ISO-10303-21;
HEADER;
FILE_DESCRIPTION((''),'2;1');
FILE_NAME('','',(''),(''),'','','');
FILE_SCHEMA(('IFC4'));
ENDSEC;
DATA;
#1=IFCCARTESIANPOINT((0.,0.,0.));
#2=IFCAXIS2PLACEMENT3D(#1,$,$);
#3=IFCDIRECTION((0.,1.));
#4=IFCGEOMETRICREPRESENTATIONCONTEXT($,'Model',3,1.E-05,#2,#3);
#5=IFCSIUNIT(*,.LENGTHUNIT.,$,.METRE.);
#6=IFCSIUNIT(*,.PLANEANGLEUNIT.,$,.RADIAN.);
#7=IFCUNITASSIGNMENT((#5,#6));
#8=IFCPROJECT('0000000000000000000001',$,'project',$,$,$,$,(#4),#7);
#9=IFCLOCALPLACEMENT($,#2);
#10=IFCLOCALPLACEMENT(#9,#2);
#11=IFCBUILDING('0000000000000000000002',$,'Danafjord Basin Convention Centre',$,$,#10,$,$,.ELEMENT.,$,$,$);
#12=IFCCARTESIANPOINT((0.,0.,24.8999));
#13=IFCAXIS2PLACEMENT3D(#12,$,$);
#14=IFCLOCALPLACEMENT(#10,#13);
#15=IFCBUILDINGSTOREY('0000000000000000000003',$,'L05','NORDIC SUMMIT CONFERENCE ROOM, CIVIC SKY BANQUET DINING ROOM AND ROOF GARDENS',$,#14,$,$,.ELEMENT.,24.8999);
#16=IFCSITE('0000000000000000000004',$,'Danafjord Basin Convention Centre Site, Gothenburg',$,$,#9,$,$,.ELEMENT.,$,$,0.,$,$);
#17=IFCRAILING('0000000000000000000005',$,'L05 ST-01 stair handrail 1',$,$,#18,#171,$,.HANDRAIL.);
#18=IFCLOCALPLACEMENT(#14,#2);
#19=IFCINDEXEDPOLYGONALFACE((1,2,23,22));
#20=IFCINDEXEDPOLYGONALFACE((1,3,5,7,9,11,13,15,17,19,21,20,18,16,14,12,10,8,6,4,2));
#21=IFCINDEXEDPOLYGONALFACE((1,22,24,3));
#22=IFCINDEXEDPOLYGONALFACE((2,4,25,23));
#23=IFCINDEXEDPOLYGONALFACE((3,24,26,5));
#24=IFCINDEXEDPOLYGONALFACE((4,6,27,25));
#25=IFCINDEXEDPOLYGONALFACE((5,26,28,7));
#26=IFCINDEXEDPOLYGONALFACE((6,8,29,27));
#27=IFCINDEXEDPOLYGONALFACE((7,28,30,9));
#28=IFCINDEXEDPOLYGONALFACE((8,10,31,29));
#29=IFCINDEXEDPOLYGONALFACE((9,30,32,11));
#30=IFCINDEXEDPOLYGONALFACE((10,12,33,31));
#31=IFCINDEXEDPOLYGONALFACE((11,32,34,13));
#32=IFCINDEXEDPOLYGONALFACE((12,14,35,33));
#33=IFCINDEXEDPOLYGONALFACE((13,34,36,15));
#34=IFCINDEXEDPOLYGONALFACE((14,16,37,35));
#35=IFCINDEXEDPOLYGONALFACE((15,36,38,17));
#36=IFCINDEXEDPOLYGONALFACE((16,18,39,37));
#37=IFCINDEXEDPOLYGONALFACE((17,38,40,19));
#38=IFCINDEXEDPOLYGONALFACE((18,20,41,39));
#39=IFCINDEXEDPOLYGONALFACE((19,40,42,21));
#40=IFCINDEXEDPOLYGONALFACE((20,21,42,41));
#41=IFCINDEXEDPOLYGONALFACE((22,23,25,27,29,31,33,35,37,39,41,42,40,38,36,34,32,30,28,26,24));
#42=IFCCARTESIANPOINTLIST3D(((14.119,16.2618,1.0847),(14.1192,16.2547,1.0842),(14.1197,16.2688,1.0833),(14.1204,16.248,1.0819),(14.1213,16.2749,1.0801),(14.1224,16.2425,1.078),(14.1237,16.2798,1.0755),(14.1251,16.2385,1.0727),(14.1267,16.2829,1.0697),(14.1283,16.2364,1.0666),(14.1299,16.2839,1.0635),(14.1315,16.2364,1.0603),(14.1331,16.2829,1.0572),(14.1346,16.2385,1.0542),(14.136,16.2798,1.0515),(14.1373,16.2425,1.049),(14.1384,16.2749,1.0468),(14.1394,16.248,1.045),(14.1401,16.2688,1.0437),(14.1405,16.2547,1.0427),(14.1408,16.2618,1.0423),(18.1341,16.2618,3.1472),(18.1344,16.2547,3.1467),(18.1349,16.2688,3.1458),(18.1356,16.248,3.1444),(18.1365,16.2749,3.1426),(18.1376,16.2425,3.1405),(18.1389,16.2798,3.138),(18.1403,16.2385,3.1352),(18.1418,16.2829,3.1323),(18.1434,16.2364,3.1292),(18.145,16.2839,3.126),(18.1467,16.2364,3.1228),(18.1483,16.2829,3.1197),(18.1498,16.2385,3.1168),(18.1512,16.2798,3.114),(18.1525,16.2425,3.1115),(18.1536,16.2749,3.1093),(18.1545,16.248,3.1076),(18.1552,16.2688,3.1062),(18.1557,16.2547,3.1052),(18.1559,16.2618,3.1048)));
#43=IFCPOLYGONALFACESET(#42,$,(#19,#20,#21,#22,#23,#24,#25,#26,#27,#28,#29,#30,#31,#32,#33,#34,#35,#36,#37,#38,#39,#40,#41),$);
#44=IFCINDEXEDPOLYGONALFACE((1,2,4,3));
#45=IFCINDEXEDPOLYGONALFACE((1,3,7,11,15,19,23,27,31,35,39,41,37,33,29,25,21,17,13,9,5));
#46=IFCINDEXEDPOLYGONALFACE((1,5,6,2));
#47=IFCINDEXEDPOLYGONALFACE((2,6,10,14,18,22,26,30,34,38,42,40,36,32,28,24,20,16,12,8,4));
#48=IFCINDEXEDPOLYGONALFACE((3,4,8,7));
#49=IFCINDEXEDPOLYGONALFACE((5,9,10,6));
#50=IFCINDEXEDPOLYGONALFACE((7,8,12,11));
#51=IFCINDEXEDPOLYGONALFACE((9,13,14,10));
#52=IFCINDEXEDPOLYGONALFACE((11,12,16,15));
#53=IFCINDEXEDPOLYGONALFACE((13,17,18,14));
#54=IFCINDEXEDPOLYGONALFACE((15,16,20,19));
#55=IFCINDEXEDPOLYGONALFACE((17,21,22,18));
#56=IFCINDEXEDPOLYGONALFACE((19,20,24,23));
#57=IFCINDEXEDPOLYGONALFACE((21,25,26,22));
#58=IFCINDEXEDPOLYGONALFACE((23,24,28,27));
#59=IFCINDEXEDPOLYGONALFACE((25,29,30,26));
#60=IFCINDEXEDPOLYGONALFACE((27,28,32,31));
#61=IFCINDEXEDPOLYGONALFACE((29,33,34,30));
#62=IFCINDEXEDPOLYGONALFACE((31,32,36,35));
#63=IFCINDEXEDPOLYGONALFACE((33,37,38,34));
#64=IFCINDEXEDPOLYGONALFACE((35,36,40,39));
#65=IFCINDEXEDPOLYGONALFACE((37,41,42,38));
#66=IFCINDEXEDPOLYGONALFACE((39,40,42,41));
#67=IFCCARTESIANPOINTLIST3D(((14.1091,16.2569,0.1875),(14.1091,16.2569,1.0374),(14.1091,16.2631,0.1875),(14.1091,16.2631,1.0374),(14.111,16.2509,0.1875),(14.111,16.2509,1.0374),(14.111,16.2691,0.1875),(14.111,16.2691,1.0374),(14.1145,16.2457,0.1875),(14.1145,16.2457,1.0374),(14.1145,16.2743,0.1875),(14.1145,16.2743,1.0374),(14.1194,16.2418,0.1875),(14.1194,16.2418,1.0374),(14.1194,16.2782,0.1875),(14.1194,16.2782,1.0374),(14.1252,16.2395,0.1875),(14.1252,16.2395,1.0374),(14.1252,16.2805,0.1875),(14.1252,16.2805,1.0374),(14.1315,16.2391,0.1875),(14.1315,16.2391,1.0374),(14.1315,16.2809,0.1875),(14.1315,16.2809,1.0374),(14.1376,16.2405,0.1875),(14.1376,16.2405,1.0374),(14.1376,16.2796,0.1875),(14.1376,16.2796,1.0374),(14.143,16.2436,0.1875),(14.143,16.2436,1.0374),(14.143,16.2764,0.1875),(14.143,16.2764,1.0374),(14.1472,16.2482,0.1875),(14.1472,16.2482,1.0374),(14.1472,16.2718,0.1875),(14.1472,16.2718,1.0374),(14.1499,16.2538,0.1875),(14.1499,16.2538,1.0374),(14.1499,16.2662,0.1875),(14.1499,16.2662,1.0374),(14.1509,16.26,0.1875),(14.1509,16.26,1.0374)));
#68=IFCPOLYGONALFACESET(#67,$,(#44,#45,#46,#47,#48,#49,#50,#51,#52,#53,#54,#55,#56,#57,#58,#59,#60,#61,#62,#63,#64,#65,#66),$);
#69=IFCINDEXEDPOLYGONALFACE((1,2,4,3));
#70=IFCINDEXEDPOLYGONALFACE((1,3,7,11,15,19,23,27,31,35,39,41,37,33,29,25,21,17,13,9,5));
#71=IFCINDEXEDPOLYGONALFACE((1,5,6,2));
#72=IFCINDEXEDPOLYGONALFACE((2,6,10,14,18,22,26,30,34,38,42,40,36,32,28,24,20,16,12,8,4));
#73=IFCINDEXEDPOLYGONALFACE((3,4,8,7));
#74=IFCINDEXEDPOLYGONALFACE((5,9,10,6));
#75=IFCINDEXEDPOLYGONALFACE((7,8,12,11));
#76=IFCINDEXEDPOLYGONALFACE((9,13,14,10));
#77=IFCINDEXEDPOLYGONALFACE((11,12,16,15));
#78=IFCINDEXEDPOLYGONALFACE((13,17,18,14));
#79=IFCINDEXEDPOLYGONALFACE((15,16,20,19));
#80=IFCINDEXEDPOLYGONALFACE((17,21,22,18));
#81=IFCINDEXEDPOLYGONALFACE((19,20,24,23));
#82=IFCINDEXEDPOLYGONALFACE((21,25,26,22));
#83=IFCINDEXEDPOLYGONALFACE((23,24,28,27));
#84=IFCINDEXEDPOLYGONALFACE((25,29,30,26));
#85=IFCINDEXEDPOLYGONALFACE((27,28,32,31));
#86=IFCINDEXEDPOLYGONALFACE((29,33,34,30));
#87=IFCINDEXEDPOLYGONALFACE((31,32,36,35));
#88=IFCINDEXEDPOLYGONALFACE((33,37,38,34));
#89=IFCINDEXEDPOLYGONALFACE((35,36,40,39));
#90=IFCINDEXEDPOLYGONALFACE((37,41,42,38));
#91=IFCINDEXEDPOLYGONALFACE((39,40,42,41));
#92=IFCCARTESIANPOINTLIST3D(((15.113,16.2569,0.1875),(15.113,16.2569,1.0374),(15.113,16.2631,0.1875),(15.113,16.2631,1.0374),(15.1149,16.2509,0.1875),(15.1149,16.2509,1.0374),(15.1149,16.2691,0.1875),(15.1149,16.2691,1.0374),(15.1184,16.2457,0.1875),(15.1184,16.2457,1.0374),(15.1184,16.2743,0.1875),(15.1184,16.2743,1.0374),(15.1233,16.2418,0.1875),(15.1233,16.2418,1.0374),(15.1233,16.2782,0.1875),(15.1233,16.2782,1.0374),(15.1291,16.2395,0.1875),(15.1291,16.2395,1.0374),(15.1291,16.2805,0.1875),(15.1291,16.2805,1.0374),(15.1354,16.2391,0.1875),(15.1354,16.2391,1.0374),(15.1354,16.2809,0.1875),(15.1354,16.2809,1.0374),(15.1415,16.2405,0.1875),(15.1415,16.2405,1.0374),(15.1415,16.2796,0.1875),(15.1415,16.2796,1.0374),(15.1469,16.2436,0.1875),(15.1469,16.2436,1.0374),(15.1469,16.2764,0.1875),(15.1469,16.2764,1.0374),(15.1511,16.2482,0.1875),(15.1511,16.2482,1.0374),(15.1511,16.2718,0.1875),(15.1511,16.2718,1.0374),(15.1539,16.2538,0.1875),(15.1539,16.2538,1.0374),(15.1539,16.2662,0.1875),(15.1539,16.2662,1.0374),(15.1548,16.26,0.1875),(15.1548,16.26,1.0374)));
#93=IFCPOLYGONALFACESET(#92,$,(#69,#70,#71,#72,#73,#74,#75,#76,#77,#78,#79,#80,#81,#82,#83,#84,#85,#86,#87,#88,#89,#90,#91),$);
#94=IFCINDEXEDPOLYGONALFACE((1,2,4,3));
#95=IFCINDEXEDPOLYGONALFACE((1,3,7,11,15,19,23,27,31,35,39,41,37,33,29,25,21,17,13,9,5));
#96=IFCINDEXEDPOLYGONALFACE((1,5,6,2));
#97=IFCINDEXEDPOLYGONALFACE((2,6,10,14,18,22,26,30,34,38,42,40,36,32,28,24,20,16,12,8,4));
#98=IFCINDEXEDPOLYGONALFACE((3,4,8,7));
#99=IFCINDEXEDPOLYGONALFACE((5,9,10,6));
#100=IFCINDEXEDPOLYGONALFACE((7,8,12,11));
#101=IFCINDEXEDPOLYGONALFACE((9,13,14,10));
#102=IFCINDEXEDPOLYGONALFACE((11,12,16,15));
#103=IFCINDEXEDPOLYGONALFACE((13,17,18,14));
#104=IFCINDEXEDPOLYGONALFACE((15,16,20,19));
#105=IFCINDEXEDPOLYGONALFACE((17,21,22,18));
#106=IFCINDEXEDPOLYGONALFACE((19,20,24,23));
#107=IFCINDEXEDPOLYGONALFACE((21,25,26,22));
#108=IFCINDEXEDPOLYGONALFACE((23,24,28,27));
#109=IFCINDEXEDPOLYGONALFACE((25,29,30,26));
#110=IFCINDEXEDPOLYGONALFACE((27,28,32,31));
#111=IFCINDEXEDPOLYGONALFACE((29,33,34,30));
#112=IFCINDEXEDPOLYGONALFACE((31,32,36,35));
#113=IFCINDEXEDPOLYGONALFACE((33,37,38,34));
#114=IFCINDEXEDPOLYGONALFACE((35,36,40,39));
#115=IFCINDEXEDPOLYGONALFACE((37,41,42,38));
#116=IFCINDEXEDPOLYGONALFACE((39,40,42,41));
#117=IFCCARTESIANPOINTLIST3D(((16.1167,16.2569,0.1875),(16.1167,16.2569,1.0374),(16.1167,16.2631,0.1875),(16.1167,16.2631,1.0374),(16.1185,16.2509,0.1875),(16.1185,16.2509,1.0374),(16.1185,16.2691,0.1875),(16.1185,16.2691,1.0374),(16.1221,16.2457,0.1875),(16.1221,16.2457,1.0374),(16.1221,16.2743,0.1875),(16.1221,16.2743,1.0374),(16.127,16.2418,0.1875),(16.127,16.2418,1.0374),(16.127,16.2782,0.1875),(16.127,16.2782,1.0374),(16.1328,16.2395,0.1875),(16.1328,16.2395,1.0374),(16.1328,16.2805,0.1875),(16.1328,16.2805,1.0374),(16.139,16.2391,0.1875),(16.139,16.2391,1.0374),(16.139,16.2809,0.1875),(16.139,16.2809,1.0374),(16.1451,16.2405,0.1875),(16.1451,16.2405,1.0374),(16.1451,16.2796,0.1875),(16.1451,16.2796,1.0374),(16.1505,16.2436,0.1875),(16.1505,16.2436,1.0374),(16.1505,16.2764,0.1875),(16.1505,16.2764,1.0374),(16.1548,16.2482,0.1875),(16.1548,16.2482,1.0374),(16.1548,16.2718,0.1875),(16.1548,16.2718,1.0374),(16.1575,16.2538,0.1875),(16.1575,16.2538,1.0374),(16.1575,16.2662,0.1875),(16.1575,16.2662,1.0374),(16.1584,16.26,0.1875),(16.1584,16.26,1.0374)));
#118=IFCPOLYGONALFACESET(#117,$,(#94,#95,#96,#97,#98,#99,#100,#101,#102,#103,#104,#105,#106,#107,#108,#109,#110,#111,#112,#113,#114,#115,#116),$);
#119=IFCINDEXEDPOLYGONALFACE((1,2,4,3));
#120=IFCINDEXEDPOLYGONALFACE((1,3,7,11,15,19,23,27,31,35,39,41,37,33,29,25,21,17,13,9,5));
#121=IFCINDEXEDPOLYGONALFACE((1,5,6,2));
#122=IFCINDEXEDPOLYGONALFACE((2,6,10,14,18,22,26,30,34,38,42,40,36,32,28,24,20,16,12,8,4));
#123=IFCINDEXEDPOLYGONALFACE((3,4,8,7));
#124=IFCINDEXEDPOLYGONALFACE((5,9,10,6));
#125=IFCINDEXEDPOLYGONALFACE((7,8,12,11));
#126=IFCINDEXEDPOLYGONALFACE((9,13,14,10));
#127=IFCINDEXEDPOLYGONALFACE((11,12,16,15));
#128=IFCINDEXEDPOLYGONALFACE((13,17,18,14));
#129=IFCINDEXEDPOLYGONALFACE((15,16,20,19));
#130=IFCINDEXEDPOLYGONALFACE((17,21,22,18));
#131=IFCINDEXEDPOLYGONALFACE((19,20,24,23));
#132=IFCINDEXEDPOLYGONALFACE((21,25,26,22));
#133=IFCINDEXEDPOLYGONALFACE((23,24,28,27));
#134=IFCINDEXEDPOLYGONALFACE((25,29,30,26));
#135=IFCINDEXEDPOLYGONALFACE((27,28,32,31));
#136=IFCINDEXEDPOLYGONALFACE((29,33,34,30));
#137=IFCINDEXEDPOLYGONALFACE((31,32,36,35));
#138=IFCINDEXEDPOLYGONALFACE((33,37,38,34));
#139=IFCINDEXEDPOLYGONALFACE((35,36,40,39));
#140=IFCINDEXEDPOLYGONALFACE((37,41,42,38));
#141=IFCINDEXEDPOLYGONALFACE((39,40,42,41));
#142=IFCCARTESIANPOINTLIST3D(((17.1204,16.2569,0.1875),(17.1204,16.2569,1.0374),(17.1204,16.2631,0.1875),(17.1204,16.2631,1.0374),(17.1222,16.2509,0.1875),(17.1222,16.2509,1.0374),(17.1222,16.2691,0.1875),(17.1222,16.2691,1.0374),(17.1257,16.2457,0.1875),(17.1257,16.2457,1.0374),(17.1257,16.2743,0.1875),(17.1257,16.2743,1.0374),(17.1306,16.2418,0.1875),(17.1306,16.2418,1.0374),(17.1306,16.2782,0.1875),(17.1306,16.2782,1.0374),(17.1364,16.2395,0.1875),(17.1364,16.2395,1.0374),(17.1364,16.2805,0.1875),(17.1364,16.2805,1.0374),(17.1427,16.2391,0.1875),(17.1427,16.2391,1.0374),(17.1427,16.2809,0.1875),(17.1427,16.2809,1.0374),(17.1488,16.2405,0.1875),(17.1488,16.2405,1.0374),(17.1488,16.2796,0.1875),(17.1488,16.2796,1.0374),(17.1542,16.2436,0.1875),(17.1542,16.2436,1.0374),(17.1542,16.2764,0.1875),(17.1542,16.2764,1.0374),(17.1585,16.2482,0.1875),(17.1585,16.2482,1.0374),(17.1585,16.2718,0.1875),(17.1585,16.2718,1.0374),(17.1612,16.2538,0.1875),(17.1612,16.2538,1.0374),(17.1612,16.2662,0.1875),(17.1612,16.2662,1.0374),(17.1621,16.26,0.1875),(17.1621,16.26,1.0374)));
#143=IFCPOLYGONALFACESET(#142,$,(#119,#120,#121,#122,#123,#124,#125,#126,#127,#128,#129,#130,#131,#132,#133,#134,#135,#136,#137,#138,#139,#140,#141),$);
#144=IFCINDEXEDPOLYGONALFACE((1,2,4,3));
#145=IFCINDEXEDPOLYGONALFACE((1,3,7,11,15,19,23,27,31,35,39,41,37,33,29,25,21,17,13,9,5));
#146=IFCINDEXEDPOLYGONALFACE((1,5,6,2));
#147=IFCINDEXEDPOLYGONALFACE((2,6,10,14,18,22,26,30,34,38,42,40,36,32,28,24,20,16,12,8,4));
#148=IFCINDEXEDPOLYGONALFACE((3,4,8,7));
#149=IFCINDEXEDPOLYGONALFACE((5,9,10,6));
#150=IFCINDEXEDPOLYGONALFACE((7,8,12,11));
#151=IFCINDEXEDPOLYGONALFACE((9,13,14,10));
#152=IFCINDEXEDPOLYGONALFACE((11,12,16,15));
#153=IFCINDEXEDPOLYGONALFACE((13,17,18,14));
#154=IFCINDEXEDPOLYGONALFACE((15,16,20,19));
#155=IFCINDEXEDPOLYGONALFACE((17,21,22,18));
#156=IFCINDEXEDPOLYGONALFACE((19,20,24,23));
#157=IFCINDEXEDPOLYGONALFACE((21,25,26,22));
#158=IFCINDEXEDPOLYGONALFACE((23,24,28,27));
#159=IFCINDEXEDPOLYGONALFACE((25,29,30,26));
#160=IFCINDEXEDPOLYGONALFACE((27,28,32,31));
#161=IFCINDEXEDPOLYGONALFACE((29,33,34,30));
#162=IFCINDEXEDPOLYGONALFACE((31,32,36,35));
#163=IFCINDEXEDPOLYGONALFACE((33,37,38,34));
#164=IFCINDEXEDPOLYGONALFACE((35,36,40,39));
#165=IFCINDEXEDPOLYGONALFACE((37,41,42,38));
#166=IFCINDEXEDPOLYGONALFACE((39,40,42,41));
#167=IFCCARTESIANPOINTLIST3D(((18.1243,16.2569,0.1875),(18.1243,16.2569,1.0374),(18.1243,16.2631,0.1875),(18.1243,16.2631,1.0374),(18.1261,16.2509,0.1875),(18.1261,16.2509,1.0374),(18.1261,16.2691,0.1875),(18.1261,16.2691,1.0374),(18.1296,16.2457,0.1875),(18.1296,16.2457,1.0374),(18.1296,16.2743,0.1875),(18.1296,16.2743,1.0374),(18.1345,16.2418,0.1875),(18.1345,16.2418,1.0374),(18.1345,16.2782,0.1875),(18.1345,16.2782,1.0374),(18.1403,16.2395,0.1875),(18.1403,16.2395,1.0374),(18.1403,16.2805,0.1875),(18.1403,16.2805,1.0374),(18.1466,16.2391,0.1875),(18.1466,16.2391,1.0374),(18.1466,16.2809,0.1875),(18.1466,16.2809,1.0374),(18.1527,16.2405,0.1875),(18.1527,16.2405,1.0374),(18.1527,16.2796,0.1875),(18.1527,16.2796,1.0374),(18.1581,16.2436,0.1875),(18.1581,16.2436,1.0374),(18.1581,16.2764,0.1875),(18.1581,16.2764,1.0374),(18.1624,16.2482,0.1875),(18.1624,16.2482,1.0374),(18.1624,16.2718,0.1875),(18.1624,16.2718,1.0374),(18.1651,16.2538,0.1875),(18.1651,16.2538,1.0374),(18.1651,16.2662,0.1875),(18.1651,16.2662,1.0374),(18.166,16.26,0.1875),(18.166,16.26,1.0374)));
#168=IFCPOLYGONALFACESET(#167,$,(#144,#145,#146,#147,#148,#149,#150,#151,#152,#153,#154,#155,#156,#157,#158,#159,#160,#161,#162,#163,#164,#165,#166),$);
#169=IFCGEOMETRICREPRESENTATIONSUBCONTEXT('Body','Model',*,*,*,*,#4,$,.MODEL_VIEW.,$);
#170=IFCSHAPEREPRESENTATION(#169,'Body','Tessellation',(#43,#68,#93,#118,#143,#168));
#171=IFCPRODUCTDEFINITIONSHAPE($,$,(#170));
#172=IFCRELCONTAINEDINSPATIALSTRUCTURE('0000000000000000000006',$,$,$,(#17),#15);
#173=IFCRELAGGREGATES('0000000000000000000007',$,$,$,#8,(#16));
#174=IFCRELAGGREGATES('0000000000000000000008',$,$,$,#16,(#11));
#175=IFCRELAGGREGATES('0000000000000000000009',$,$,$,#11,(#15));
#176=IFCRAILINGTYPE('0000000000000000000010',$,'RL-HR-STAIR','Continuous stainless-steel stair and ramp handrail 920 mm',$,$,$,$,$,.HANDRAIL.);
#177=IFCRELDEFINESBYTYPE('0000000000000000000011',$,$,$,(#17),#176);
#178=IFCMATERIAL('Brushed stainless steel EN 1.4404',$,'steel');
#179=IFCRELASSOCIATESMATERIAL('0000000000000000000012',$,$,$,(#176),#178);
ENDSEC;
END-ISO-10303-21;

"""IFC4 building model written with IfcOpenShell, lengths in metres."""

from ifc_helpers import new_model, si_unit, direction, frame, origin, origin_2d, place, context, subcontext, project, spatial, circle, extrude, material, type_object, element, save


model = new_model("IFC4")

# Units and contexts
model_context = context("Model", 3, precision=1e-05, world=origin(), true_north=direction((0.0, 1.0)))
body_context = subcontext(model_context, "Body", "Model", "MODEL_VIEW")
ifc_project = project(units=[si_unit("LENGTHUNIT", "METRE"), si_unit("PLANEANGLEUNIT", "RADIAN")], contexts=[model_context])

# Site, building, storey
site_placement = place(None, origin())
site = spatial("IfcSite", under=ifc_project, at=site_placement, Name="Danafjord Basin Convention Centre Site, Gothenburg", CompositionType="ELEMENT", RefElevation=0.0)
building_placement = place(site_placement, origin())
building = spatial("IfcBuilding", under=site, at=building_placement, Name="Danafjord Basin Convention Centre", CompositionType="ELEMENT")
storey_placement = place(building_placement, frame((0.0, 0.0, 24.8999)))
storey = spatial("IfcBuildingStorey", under=building, at=storey_placement, Name="L05", Description="NORDIC SUMMIT CONFERENCE ROOM, CIVIC SKY BANQUET DINING ROOM AND ROOF GARDENS", CompositionType="ELEMENT", Elevation=24.8999)

# Railing
ifc_material_1 = material(Name="Brushed stainless steel EN 1.4404", Category="steel")
railing_type_1 = type_object("IfcRailingType", Name="RL-HR-STAIR", Description="Continuous stainless-steel stair and ramp handrail 920 mm", PredefinedType="HANDRAIL", material=ifc_material_1)
railing_1_placement = place(storey_placement, frame((14.1299, 16.26, 0.1875)))
element("IfcRailing", 1, at=railing_1_placement, inside=storey, type_object=railing_type_1, Name="L05 ST-01 stair handrail 1", PredefinedType="HANDRAIL", context=body_context, shape_type="SweptSolid", body=[
    extrude(circle(Radius=0.0239, at=origin_2d()), frame((0.0, 0.0, 0.876), z_axis=(0.889506, 0.0, 0.456923), x_axis=(0.0, 1.0, 0.0)), (0.0, 0.0, 1.0), 4.5139),
    extrude(circle(Radius=0.021, at=origin_2d()), origin(), (0.0, 0.0, 1.0), 0.8499),
    extrude(circle(Radius=0.021, at=origin_2d()), frame((1.0039, 0.0, 0.0)), (0.0, 0.0, 1.0), 0.8499),
    extrude(circle(Radius=0.021, at=origin_2d()), frame((2.0076, 0.0, 0.0)), (0.0, 0.0, 1.0), 0.8499),
    extrude(circle(Radius=0.021, at=origin_2d()), frame((3.0112, 0.0, 0.0)), (0.0, 0.0, 1.0), 0.8499),
    extrude(circle(Radius=0.021, at=origin_2d()), frame((4.0151, 0.0, 0.0)), (0.0, 0.0, 1.0), 0.8499),
])

save(model, "model.ifc")
